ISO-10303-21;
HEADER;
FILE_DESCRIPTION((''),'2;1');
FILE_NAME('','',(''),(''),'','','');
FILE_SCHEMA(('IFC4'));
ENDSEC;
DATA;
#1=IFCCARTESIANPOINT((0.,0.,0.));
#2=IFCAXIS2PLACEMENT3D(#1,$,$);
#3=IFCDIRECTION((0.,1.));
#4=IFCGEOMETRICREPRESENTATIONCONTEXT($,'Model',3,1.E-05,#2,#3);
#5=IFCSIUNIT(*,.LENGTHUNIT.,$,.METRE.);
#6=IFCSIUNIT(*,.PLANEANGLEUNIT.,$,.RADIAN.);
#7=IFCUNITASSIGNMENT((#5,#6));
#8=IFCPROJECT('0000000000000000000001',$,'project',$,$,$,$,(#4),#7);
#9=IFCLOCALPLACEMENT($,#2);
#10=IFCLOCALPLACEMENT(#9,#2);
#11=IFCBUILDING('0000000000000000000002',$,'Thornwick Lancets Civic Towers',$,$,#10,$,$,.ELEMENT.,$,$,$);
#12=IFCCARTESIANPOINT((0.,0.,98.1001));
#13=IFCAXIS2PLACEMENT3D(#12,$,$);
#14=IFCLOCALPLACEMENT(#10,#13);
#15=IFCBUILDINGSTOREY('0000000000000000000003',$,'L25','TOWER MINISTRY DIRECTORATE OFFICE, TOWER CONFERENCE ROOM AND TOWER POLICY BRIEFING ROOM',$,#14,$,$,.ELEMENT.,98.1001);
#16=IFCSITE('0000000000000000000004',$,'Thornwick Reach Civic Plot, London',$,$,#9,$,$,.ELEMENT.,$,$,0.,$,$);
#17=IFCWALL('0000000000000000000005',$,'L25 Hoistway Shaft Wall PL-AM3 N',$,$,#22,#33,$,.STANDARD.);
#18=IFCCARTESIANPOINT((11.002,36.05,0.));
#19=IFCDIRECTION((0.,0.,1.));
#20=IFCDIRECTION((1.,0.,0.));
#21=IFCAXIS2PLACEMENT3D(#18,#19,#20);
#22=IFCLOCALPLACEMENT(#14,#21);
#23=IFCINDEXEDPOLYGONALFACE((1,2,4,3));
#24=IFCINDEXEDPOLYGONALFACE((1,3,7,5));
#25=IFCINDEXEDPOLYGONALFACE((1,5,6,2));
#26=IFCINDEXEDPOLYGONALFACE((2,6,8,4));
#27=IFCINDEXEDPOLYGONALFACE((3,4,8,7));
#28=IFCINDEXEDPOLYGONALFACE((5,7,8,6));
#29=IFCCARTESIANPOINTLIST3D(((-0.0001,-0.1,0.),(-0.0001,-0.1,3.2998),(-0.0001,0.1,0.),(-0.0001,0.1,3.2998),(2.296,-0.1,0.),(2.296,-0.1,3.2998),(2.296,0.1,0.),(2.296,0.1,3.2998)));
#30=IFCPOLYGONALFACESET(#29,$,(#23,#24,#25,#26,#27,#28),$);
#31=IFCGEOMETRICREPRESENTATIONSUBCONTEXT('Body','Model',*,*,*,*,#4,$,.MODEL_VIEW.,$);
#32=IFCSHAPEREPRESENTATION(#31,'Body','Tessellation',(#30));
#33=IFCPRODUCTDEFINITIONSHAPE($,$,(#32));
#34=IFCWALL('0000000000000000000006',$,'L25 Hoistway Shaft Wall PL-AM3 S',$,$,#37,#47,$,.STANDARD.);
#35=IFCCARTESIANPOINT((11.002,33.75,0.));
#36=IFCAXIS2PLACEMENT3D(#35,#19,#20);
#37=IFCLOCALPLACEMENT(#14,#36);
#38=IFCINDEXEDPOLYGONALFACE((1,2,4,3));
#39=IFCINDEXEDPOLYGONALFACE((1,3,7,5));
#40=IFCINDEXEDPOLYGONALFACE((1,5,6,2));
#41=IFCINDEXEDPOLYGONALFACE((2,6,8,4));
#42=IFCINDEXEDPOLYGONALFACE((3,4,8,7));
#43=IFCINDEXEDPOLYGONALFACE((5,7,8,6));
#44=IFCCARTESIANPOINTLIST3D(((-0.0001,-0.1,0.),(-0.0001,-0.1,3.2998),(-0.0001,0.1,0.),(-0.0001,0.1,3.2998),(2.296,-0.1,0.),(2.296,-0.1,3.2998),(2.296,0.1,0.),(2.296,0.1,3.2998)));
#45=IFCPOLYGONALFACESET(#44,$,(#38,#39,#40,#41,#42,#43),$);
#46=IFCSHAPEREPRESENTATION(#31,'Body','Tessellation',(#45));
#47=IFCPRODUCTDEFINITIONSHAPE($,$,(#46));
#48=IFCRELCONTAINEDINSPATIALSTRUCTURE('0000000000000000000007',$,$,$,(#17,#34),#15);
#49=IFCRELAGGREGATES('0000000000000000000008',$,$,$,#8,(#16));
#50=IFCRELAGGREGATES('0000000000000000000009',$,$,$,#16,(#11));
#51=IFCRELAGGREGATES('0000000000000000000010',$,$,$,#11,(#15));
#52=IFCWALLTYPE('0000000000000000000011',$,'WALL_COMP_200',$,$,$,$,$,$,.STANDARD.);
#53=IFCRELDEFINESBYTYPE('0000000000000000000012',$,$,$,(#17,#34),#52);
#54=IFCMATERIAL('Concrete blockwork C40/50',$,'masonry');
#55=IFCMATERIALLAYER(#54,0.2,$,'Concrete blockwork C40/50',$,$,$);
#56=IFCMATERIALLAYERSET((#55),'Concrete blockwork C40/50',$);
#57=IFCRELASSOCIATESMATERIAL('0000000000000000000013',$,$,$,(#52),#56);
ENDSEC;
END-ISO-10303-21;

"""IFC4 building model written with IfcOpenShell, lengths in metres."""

from ifc_helpers import new_model, si_unit, direction, frame, frame_2d, origin, place, context, subcontext, project, spatial, rectangle, extrude, material, layer, layer_set, type_object, element, save


model = new_model("IFC4")

# Units and contexts
model_context = context("Model", 3, precision=1e-05, world=origin(), true_north=direction((0.0, 1.0)))
body_context = subcontext(model_context, "Body", "Model", "MODEL_VIEW")
ifc_project = project(units=[si_unit("LENGTHUNIT", "METRE"), si_unit("PLANEANGLEUNIT", "RADIAN")], contexts=[model_context])

# Site, building, storey
site_placement = place(None, origin())
site = spatial("IfcSite", under=ifc_project, at=site_placement, Name="Thornwick Reach Civic Plot, London", CompositionType="ELEMENT", RefElevation=0.0)
building_placement = place(site_placement, origin())
building = spatial("IfcBuilding", under=site, at=building_placement, Name="Thornwick Lancets Civic Towers", CompositionType="ELEMENT")
storey_placement = place(building_placement, frame((0.0, 0.0, 98.1001)))
storey = spatial("IfcBuildingStorey", under=building, at=storey_placement, Name="L25", Description="TOWER MINISTRY DIRECTORATE OFFICE, TOWER CONFERENCE ROOM AND TOWER POLICY BRIEFING ROOM", CompositionType="ELEMENT", Elevation=98.1001)

# Shared definitions
ifc_material_1 = material(Name="Concrete blockwork C40/50", Category="masonry")
ifc_layer_1 = layer(ifc_material_1, 0.2, Name="Concrete blockwork C40/50")
ifc_layer_set_1 = layer_set([ifc_layer_1], Name="Concrete blockwork C40/50")
wall_type_1 = type_object("IfcWallType", Name="WALL_COMP_200", PredefinedType="STANDARD", material=ifc_layer_set_1)

# Walls
for number, where, z_axis, x_axis, name in (
    (1, (11.002, 36.05, 0.0), (0.0, 0.0, 1.0), (1.0, 0.0, 0.0), "L25 Hoistway Shaft Wall PL-AM3 N"),
    (2, (11.002, 33.75, 0.0), (0.0, 0.0, 1.0), (1.0, 0.0, 0.0), "L25 Hoistway Shaft Wall PL-AM3 S"),
):
    element("IfcWall", number, at=place(storey_placement, frame(where, z_axis=z_axis, x_axis=x_axis)), inside=storey, type_object=wall_type_1, Name=name, PredefinedType="STANDARD", context=body_context, shape_type="SweptSolid", body=[
        extrude(rectangle(XDim=2.2961, YDim=0.2, at=frame_2d((1.1479, 0.0))), origin(), (0.0, 0.0, 1.0), 3.2998),
    ])

save(model, "model.ifc")
